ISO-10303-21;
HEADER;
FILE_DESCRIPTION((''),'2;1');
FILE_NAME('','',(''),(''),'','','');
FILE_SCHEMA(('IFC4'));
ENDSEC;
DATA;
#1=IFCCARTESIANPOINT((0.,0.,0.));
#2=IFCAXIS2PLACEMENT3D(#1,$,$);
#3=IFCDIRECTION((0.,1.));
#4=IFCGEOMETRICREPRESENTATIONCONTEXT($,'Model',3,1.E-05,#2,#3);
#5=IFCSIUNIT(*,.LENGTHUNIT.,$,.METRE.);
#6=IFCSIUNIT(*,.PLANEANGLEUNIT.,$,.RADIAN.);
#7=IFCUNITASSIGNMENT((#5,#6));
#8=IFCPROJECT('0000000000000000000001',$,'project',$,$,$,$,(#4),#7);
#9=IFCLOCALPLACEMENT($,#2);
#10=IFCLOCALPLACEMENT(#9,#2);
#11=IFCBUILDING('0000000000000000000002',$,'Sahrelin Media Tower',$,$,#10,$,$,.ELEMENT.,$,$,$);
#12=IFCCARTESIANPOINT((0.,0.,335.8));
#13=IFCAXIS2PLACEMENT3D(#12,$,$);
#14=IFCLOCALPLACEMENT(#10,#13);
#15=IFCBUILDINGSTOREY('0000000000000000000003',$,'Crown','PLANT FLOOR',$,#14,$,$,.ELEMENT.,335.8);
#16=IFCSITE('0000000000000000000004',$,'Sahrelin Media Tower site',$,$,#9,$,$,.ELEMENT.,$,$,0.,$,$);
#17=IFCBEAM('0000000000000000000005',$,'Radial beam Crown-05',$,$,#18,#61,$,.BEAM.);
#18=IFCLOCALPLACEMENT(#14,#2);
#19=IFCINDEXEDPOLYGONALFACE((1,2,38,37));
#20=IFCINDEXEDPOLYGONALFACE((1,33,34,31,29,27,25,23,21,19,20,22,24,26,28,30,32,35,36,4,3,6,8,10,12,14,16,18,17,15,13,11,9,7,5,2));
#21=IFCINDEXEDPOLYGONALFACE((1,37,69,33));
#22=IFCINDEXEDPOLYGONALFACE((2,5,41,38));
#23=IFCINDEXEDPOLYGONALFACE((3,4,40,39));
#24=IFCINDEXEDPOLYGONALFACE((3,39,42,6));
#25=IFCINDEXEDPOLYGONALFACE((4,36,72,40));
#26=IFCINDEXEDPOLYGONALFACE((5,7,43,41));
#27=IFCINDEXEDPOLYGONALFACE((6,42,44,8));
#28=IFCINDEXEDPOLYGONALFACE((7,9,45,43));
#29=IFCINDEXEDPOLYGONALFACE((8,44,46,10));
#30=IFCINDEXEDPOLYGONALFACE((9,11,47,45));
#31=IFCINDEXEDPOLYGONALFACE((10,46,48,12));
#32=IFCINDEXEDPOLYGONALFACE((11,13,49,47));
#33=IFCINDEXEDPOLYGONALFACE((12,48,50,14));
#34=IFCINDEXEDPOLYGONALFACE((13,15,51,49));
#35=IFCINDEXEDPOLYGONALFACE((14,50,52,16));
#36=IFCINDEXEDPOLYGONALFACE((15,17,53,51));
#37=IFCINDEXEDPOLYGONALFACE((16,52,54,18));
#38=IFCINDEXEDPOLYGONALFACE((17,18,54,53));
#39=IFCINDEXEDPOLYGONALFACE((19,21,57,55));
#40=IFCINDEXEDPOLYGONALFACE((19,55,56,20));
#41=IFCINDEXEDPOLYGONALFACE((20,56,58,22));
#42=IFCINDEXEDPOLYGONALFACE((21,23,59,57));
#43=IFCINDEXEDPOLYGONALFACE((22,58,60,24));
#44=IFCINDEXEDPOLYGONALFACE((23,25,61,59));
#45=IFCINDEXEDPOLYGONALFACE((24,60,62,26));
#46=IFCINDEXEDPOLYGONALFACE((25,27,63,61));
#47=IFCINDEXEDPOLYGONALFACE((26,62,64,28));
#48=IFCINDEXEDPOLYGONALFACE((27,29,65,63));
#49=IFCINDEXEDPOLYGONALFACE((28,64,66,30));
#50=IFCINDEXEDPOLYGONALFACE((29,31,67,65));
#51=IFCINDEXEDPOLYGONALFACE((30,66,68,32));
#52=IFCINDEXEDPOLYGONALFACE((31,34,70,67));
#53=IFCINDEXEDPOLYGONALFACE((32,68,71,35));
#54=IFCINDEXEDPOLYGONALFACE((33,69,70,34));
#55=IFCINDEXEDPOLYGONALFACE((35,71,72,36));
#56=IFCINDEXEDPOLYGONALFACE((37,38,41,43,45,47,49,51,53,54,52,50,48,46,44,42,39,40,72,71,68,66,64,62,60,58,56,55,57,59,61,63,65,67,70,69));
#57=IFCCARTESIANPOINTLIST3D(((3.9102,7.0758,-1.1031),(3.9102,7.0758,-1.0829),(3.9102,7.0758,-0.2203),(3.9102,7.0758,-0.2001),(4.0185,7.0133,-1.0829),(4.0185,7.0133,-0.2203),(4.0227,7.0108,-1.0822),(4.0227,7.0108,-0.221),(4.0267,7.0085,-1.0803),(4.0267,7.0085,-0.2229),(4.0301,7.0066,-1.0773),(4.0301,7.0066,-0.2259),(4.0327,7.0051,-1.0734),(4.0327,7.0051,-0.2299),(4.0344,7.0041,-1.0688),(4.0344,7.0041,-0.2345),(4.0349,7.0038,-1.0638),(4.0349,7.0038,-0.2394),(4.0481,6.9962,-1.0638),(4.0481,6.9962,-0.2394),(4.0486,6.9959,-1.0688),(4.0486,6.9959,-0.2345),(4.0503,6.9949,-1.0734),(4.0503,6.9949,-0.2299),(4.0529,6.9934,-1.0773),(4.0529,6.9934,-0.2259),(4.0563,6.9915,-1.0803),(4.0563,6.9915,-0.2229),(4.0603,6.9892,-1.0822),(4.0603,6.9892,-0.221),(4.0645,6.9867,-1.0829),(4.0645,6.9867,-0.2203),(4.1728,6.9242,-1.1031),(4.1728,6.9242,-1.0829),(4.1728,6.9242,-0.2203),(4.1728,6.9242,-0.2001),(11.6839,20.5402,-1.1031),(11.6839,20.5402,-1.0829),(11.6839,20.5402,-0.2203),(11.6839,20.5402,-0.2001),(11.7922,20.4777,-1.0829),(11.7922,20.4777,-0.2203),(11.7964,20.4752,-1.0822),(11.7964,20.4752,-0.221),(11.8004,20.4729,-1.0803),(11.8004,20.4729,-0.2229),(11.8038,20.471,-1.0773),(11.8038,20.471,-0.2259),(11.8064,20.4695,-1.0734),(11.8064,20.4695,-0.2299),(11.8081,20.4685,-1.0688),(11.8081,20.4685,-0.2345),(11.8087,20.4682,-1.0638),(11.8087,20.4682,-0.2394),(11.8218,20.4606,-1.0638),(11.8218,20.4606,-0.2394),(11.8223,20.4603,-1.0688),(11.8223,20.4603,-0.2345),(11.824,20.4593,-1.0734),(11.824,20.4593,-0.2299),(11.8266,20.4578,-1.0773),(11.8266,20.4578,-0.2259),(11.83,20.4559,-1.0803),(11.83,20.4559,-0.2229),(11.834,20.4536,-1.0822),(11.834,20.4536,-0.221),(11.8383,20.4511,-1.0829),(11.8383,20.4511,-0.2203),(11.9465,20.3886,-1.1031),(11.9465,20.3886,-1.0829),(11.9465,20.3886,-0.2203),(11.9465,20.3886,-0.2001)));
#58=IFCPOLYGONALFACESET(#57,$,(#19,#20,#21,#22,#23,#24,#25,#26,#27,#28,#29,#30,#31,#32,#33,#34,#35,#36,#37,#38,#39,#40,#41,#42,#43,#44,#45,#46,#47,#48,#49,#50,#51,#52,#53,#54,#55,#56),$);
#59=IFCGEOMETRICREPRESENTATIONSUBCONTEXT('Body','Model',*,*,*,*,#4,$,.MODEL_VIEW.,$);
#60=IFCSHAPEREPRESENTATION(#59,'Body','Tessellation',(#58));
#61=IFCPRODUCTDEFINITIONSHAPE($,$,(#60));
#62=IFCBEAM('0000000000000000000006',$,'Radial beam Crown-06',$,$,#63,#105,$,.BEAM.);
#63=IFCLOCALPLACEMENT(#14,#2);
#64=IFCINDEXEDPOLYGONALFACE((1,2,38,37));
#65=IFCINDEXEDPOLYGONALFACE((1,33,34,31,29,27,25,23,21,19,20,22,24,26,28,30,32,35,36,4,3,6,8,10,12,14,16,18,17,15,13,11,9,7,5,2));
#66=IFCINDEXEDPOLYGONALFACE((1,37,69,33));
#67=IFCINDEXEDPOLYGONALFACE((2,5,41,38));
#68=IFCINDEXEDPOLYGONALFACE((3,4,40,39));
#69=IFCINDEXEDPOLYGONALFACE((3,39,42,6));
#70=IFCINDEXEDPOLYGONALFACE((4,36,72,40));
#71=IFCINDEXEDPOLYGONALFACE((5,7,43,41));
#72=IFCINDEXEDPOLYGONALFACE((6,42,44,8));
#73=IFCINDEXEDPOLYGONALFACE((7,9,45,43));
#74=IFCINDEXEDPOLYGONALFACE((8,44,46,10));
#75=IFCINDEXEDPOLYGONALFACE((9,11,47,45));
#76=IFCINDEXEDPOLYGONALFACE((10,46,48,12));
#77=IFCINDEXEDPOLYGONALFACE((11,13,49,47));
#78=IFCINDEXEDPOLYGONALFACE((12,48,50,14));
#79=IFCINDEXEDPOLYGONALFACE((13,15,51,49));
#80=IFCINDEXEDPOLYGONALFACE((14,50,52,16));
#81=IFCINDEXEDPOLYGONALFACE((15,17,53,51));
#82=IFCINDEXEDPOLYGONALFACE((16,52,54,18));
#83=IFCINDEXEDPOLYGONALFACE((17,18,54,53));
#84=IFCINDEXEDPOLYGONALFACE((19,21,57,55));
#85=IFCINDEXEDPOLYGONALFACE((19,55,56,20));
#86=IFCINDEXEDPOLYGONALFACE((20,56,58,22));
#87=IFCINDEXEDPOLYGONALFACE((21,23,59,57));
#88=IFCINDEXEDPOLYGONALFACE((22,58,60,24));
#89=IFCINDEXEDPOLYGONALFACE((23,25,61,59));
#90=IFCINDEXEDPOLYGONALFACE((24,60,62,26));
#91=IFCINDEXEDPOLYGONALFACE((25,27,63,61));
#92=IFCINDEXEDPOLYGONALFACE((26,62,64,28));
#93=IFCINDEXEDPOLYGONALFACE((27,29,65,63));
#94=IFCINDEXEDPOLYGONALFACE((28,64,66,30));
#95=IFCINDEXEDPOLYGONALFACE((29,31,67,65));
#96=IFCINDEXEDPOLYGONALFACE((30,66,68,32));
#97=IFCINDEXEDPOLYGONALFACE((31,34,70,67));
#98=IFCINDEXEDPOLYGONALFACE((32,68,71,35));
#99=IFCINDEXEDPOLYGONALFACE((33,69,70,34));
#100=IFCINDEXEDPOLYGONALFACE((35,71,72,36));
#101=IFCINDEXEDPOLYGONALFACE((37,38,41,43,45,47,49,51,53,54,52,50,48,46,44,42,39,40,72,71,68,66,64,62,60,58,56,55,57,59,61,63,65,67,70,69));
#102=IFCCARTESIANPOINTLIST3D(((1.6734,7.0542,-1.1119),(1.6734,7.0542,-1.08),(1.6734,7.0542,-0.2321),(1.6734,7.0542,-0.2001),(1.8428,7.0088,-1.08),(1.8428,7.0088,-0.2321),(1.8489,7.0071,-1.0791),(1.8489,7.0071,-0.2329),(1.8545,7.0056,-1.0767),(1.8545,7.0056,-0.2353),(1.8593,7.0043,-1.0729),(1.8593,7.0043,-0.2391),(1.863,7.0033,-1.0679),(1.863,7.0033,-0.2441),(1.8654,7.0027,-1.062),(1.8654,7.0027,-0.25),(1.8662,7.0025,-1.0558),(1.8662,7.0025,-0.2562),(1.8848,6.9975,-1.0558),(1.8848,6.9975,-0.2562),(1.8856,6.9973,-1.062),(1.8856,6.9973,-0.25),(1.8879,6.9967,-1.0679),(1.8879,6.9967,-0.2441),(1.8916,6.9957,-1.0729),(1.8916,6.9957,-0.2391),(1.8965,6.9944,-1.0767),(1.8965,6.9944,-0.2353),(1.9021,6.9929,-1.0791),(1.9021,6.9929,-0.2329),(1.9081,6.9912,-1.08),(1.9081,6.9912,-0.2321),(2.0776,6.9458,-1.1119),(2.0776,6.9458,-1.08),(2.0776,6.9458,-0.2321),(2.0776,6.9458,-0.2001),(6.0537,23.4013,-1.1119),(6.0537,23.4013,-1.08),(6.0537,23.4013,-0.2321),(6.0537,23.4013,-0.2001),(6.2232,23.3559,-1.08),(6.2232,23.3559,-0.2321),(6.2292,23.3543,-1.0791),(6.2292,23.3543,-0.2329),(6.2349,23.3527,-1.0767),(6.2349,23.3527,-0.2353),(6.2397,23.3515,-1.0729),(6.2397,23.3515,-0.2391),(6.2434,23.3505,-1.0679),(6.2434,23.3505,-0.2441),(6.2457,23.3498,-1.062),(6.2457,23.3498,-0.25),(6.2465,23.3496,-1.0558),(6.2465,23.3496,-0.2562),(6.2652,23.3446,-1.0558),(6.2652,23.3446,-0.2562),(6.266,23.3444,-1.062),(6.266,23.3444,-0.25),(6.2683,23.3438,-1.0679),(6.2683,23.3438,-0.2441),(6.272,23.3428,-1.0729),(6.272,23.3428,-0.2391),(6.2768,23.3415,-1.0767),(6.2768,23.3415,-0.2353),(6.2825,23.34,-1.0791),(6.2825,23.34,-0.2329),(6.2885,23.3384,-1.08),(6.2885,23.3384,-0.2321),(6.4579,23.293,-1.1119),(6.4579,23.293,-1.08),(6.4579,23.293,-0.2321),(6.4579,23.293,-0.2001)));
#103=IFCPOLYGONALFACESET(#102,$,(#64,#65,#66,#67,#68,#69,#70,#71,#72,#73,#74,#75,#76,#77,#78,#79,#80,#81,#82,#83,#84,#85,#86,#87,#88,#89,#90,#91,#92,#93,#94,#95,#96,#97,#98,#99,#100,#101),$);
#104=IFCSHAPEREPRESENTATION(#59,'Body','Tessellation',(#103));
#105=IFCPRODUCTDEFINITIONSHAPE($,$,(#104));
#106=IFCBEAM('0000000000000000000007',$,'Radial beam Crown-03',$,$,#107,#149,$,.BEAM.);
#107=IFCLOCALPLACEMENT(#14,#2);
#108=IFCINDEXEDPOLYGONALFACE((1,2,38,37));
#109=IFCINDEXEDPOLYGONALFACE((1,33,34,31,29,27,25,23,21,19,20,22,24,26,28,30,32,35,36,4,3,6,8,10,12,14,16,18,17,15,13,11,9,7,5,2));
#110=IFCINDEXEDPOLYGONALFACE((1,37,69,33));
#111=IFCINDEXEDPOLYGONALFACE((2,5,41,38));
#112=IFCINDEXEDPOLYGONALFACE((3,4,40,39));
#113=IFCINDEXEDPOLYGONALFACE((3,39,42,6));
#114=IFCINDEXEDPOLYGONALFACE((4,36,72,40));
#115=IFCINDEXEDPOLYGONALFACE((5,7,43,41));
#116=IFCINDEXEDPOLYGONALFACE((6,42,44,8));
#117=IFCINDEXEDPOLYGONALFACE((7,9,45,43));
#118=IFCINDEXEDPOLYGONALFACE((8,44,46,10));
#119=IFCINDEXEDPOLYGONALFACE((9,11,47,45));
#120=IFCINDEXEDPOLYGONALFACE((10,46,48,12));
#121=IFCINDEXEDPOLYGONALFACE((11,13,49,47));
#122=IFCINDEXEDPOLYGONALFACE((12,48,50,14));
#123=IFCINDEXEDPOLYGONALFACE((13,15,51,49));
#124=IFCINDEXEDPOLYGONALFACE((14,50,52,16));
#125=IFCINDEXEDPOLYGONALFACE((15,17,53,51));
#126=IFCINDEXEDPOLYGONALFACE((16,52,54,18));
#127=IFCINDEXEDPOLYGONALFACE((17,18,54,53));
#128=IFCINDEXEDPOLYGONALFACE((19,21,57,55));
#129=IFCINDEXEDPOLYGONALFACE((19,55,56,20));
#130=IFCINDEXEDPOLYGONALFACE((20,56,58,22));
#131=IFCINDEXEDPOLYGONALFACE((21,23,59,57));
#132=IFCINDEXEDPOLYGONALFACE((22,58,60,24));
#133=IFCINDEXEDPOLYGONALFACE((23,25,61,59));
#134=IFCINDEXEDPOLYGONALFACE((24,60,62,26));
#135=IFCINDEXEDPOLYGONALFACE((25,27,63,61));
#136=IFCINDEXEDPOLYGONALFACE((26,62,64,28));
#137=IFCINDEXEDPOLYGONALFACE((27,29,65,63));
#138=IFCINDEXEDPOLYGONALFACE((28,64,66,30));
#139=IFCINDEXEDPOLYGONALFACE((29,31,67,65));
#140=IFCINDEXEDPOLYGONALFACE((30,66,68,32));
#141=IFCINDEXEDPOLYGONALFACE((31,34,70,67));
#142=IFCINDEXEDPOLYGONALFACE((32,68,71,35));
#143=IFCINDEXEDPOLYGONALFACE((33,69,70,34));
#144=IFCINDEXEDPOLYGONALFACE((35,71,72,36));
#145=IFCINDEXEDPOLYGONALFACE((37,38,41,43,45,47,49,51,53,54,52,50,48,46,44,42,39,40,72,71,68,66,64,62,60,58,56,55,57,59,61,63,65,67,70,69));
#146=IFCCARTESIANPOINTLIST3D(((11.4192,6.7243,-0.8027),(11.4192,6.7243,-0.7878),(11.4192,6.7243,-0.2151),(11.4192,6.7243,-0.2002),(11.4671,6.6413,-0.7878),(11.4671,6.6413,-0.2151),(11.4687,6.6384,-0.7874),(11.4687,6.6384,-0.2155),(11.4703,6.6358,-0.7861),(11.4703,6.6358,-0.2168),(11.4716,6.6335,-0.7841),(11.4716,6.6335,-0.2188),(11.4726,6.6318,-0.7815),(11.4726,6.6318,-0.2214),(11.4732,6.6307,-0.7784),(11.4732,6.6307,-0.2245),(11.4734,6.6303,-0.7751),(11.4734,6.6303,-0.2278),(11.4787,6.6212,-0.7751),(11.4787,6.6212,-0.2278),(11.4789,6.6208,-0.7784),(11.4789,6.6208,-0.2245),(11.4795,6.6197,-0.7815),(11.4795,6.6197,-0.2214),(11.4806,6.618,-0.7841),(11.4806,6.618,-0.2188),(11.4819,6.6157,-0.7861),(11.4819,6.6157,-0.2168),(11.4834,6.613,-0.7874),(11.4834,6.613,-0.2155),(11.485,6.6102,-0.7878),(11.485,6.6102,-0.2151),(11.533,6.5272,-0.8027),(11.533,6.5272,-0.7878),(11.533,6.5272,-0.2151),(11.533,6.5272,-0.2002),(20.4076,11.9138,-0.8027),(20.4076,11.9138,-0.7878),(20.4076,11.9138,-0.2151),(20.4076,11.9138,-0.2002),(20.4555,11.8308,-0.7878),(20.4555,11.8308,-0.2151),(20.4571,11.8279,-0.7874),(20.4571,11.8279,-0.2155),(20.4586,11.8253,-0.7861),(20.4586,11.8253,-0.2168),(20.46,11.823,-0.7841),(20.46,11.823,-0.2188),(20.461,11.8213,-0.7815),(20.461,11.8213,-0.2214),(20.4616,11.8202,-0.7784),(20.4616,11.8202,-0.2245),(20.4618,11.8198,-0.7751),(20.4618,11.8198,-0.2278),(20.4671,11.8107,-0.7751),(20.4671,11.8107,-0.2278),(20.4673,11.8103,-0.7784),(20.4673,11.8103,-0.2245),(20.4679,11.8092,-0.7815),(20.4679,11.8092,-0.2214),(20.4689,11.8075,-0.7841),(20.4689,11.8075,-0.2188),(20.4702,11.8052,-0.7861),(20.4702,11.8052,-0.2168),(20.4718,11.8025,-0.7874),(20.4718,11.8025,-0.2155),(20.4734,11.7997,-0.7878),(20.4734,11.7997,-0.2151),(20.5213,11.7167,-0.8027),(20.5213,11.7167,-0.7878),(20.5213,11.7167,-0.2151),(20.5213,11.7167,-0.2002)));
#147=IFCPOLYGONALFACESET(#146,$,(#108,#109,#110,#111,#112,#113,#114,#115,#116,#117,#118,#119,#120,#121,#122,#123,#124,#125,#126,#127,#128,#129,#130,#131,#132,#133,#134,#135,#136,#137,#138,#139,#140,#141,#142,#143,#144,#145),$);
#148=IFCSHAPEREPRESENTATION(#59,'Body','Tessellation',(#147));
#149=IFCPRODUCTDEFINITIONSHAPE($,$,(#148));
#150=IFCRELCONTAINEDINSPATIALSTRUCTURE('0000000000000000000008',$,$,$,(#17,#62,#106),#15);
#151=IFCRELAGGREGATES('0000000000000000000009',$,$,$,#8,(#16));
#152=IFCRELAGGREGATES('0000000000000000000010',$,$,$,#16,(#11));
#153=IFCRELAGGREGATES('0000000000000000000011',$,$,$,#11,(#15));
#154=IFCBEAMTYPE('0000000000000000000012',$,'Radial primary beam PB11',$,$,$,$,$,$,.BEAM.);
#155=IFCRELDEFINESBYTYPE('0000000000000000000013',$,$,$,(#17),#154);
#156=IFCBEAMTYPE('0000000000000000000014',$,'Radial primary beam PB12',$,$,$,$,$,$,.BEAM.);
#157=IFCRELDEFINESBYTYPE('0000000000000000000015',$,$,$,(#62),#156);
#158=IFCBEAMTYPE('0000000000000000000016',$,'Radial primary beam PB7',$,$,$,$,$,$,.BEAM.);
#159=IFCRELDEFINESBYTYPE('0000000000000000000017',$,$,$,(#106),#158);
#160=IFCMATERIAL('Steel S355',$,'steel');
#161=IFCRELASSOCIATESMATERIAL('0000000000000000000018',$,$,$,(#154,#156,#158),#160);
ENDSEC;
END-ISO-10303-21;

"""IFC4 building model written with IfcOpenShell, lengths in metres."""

from ifc_helpers import new_model, si_unit, direction, frame, origin, origin_2d, place, context, subcontext, project, spatial, i_section, extrude, material, material_profile, profile_set, type_object, element, save


model = new_model("IFC4")

# Units and contexts
model_context = context("Model", 3, precision=1e-05, world=origin(), true_north=direction((0.0, 1.0)))
body_context = subcontext(model_context, "Body", "Model", "MODEL_VIEW")
ifc_project = project(units=[si_unit("LENGTHUNIT", "METRE"), si_unit("PLANEANGLEUNIT", "RADIAN")], contexts=[model_context])

# Site, building, storey
site_placement = place(None, origin())
site = spatial("IfcSite", under=ifc_project, at=site_placement, Name="Sahrelin Media Tower site", CompositionType="ELEMENT", RefElevation=0.0)
building_placement = place(site_placement, origin())
building = spatial("IfcBuilding", under=site, at=building_placement, Name="Sahrelin Media Tower", CompositionType="ELEMENT")
storey_placement = place(building_placement, frame((0.0, 0.0, 335.8)))
storey = spatial("IfcBuildingStorey", under=building, at=storey_placement, Name="Crown", Description="PLANT FLOOR", CompositionType="ELEMENT", Elevation=335.8)

# Beams
ifc_material_1 = material(Name="Steel S355", Category="steel")
ifc_material_profile_1 = material_profile(ifc_material_1, i_section(OverallWidth=0.3032, OverallDepth=0.9031, WebThickness=0.0151, FlangeThickness=0.0203, FilletRadius=0.019, at=origin_2d()), Name="UB 914x305x201")
ifc_profile_set_1 = profile_set([ifc_material_profile_1], Name="Steel S355")
beam_type_1 = type_object("IfcBeamType", Name="Radial primary beam PB11", PredefinedType="BEAM", material=ifc_profile_set_1)
beam_1_placement = place(storey_placement, frame((4.0415, 7.0, -0.6516), z_axis=(0.500002, 0.866025, 0.0), x_axis=(-0.866025, 0.500002, 0.0)))
element("IfcBeam", 1, at=beam_1_placement, inside=storey, type_object=beam_type_1, Name="Radial beam Crown-05", PredefinedType="BEAM", context=body_context, shape_type="SweptSolid", body=[
    extrude(i_section(OverallWidth=0.3032, OverallDepth=0.9031, WebThickness=0.0151, FlangeThickness=0.0203, FilletRadius=0.019, at=origin_2d()), origin(), (0.0, 0.0, 1.0), 15.5474),
])
ifc_material_profile_2 = material_profile(ifc_material_1, i_section(OverallWidth=0.4185, OverallDepth=0.9119, WebThickness=0.0193, FlangeThickness=0.032, FilletRadius=0.0242, at=origin_2d()), Name="UB 914x419x343")
ifc_profile_set_2 = profile_set([ifc_material_profile_2], Name="Steel S355")
beam_type_2 = type_object("IfcBeamType", Name="Radial primary beam PB12", PredefinedType="BEAM", material=ifc_profile_set_2)
beam_2_placement = place(storey_placement, frame((1.8755, 7.0, -0.656), z_axis=(0.258828, 0.965923, 0.0), x_axis=(-0.965923, 0.258828, 0.0)))
element("IfcBeam", 2, at=beam_2_placement, inside=storey, type_object=beam_type_2, Name="Radial beam Crown-06", PredefinedType="BEAM", context=body_context, shape_type="SweptSolid", body=[
    extrude(i_section(OverallWidth=0.4185, OverallDepth=0.9119, WebThickness=0.0193, FlangeThickness=0.032, FilletRadius=0.0242, at=origin_2d()), origin(), (0.0, 0.0, 1.0), 16.9238),
])
ifc_material_profile_3 = material_profile(ifc_material_1, i_section(OverallWidth=0.2275, OverallDepth=0.6025, WebThickness=0.0105, FlangeThickness=0.0149, FilletRadius=0.0127, at=origin_2d()), Name="UB 610x229x101")
ifc_profile_set_3 = profile_set([ifc_material_profile_3], Name="Steel S355")
beam_type_3 = type_object("IfcBeamType", Name="Radial primary beam PB7", PredefinedType="BEAM", material=ifc_profile_set_3)
beam_3_placement = place(storey_placement, frame((11.4761, 6.6257, -0.5015), z_axis=(0.866023, 0.500005, 0.0), x_axis=(-0.500005, 0.866023, 0.0)))
element("IfcBeam", 3, at=beam_3_placement, inside=storey, type_object=beam_type_3, Name="Radial beam Crown-03", PredefinedType="BEAM", context=body_context, shape_type="SweptSolid", body=[
    extrude(i_section(OverallWidth=0.2275, OverallDepth=0.6025, WebThickness=0.0105, FlangeThickness=0.0149, FilletRadius=0.0127, at=origin_2d()), origin(), (0.0, 0.0, 1.0), 10.3789),
])

save(model, "model.ifc")
